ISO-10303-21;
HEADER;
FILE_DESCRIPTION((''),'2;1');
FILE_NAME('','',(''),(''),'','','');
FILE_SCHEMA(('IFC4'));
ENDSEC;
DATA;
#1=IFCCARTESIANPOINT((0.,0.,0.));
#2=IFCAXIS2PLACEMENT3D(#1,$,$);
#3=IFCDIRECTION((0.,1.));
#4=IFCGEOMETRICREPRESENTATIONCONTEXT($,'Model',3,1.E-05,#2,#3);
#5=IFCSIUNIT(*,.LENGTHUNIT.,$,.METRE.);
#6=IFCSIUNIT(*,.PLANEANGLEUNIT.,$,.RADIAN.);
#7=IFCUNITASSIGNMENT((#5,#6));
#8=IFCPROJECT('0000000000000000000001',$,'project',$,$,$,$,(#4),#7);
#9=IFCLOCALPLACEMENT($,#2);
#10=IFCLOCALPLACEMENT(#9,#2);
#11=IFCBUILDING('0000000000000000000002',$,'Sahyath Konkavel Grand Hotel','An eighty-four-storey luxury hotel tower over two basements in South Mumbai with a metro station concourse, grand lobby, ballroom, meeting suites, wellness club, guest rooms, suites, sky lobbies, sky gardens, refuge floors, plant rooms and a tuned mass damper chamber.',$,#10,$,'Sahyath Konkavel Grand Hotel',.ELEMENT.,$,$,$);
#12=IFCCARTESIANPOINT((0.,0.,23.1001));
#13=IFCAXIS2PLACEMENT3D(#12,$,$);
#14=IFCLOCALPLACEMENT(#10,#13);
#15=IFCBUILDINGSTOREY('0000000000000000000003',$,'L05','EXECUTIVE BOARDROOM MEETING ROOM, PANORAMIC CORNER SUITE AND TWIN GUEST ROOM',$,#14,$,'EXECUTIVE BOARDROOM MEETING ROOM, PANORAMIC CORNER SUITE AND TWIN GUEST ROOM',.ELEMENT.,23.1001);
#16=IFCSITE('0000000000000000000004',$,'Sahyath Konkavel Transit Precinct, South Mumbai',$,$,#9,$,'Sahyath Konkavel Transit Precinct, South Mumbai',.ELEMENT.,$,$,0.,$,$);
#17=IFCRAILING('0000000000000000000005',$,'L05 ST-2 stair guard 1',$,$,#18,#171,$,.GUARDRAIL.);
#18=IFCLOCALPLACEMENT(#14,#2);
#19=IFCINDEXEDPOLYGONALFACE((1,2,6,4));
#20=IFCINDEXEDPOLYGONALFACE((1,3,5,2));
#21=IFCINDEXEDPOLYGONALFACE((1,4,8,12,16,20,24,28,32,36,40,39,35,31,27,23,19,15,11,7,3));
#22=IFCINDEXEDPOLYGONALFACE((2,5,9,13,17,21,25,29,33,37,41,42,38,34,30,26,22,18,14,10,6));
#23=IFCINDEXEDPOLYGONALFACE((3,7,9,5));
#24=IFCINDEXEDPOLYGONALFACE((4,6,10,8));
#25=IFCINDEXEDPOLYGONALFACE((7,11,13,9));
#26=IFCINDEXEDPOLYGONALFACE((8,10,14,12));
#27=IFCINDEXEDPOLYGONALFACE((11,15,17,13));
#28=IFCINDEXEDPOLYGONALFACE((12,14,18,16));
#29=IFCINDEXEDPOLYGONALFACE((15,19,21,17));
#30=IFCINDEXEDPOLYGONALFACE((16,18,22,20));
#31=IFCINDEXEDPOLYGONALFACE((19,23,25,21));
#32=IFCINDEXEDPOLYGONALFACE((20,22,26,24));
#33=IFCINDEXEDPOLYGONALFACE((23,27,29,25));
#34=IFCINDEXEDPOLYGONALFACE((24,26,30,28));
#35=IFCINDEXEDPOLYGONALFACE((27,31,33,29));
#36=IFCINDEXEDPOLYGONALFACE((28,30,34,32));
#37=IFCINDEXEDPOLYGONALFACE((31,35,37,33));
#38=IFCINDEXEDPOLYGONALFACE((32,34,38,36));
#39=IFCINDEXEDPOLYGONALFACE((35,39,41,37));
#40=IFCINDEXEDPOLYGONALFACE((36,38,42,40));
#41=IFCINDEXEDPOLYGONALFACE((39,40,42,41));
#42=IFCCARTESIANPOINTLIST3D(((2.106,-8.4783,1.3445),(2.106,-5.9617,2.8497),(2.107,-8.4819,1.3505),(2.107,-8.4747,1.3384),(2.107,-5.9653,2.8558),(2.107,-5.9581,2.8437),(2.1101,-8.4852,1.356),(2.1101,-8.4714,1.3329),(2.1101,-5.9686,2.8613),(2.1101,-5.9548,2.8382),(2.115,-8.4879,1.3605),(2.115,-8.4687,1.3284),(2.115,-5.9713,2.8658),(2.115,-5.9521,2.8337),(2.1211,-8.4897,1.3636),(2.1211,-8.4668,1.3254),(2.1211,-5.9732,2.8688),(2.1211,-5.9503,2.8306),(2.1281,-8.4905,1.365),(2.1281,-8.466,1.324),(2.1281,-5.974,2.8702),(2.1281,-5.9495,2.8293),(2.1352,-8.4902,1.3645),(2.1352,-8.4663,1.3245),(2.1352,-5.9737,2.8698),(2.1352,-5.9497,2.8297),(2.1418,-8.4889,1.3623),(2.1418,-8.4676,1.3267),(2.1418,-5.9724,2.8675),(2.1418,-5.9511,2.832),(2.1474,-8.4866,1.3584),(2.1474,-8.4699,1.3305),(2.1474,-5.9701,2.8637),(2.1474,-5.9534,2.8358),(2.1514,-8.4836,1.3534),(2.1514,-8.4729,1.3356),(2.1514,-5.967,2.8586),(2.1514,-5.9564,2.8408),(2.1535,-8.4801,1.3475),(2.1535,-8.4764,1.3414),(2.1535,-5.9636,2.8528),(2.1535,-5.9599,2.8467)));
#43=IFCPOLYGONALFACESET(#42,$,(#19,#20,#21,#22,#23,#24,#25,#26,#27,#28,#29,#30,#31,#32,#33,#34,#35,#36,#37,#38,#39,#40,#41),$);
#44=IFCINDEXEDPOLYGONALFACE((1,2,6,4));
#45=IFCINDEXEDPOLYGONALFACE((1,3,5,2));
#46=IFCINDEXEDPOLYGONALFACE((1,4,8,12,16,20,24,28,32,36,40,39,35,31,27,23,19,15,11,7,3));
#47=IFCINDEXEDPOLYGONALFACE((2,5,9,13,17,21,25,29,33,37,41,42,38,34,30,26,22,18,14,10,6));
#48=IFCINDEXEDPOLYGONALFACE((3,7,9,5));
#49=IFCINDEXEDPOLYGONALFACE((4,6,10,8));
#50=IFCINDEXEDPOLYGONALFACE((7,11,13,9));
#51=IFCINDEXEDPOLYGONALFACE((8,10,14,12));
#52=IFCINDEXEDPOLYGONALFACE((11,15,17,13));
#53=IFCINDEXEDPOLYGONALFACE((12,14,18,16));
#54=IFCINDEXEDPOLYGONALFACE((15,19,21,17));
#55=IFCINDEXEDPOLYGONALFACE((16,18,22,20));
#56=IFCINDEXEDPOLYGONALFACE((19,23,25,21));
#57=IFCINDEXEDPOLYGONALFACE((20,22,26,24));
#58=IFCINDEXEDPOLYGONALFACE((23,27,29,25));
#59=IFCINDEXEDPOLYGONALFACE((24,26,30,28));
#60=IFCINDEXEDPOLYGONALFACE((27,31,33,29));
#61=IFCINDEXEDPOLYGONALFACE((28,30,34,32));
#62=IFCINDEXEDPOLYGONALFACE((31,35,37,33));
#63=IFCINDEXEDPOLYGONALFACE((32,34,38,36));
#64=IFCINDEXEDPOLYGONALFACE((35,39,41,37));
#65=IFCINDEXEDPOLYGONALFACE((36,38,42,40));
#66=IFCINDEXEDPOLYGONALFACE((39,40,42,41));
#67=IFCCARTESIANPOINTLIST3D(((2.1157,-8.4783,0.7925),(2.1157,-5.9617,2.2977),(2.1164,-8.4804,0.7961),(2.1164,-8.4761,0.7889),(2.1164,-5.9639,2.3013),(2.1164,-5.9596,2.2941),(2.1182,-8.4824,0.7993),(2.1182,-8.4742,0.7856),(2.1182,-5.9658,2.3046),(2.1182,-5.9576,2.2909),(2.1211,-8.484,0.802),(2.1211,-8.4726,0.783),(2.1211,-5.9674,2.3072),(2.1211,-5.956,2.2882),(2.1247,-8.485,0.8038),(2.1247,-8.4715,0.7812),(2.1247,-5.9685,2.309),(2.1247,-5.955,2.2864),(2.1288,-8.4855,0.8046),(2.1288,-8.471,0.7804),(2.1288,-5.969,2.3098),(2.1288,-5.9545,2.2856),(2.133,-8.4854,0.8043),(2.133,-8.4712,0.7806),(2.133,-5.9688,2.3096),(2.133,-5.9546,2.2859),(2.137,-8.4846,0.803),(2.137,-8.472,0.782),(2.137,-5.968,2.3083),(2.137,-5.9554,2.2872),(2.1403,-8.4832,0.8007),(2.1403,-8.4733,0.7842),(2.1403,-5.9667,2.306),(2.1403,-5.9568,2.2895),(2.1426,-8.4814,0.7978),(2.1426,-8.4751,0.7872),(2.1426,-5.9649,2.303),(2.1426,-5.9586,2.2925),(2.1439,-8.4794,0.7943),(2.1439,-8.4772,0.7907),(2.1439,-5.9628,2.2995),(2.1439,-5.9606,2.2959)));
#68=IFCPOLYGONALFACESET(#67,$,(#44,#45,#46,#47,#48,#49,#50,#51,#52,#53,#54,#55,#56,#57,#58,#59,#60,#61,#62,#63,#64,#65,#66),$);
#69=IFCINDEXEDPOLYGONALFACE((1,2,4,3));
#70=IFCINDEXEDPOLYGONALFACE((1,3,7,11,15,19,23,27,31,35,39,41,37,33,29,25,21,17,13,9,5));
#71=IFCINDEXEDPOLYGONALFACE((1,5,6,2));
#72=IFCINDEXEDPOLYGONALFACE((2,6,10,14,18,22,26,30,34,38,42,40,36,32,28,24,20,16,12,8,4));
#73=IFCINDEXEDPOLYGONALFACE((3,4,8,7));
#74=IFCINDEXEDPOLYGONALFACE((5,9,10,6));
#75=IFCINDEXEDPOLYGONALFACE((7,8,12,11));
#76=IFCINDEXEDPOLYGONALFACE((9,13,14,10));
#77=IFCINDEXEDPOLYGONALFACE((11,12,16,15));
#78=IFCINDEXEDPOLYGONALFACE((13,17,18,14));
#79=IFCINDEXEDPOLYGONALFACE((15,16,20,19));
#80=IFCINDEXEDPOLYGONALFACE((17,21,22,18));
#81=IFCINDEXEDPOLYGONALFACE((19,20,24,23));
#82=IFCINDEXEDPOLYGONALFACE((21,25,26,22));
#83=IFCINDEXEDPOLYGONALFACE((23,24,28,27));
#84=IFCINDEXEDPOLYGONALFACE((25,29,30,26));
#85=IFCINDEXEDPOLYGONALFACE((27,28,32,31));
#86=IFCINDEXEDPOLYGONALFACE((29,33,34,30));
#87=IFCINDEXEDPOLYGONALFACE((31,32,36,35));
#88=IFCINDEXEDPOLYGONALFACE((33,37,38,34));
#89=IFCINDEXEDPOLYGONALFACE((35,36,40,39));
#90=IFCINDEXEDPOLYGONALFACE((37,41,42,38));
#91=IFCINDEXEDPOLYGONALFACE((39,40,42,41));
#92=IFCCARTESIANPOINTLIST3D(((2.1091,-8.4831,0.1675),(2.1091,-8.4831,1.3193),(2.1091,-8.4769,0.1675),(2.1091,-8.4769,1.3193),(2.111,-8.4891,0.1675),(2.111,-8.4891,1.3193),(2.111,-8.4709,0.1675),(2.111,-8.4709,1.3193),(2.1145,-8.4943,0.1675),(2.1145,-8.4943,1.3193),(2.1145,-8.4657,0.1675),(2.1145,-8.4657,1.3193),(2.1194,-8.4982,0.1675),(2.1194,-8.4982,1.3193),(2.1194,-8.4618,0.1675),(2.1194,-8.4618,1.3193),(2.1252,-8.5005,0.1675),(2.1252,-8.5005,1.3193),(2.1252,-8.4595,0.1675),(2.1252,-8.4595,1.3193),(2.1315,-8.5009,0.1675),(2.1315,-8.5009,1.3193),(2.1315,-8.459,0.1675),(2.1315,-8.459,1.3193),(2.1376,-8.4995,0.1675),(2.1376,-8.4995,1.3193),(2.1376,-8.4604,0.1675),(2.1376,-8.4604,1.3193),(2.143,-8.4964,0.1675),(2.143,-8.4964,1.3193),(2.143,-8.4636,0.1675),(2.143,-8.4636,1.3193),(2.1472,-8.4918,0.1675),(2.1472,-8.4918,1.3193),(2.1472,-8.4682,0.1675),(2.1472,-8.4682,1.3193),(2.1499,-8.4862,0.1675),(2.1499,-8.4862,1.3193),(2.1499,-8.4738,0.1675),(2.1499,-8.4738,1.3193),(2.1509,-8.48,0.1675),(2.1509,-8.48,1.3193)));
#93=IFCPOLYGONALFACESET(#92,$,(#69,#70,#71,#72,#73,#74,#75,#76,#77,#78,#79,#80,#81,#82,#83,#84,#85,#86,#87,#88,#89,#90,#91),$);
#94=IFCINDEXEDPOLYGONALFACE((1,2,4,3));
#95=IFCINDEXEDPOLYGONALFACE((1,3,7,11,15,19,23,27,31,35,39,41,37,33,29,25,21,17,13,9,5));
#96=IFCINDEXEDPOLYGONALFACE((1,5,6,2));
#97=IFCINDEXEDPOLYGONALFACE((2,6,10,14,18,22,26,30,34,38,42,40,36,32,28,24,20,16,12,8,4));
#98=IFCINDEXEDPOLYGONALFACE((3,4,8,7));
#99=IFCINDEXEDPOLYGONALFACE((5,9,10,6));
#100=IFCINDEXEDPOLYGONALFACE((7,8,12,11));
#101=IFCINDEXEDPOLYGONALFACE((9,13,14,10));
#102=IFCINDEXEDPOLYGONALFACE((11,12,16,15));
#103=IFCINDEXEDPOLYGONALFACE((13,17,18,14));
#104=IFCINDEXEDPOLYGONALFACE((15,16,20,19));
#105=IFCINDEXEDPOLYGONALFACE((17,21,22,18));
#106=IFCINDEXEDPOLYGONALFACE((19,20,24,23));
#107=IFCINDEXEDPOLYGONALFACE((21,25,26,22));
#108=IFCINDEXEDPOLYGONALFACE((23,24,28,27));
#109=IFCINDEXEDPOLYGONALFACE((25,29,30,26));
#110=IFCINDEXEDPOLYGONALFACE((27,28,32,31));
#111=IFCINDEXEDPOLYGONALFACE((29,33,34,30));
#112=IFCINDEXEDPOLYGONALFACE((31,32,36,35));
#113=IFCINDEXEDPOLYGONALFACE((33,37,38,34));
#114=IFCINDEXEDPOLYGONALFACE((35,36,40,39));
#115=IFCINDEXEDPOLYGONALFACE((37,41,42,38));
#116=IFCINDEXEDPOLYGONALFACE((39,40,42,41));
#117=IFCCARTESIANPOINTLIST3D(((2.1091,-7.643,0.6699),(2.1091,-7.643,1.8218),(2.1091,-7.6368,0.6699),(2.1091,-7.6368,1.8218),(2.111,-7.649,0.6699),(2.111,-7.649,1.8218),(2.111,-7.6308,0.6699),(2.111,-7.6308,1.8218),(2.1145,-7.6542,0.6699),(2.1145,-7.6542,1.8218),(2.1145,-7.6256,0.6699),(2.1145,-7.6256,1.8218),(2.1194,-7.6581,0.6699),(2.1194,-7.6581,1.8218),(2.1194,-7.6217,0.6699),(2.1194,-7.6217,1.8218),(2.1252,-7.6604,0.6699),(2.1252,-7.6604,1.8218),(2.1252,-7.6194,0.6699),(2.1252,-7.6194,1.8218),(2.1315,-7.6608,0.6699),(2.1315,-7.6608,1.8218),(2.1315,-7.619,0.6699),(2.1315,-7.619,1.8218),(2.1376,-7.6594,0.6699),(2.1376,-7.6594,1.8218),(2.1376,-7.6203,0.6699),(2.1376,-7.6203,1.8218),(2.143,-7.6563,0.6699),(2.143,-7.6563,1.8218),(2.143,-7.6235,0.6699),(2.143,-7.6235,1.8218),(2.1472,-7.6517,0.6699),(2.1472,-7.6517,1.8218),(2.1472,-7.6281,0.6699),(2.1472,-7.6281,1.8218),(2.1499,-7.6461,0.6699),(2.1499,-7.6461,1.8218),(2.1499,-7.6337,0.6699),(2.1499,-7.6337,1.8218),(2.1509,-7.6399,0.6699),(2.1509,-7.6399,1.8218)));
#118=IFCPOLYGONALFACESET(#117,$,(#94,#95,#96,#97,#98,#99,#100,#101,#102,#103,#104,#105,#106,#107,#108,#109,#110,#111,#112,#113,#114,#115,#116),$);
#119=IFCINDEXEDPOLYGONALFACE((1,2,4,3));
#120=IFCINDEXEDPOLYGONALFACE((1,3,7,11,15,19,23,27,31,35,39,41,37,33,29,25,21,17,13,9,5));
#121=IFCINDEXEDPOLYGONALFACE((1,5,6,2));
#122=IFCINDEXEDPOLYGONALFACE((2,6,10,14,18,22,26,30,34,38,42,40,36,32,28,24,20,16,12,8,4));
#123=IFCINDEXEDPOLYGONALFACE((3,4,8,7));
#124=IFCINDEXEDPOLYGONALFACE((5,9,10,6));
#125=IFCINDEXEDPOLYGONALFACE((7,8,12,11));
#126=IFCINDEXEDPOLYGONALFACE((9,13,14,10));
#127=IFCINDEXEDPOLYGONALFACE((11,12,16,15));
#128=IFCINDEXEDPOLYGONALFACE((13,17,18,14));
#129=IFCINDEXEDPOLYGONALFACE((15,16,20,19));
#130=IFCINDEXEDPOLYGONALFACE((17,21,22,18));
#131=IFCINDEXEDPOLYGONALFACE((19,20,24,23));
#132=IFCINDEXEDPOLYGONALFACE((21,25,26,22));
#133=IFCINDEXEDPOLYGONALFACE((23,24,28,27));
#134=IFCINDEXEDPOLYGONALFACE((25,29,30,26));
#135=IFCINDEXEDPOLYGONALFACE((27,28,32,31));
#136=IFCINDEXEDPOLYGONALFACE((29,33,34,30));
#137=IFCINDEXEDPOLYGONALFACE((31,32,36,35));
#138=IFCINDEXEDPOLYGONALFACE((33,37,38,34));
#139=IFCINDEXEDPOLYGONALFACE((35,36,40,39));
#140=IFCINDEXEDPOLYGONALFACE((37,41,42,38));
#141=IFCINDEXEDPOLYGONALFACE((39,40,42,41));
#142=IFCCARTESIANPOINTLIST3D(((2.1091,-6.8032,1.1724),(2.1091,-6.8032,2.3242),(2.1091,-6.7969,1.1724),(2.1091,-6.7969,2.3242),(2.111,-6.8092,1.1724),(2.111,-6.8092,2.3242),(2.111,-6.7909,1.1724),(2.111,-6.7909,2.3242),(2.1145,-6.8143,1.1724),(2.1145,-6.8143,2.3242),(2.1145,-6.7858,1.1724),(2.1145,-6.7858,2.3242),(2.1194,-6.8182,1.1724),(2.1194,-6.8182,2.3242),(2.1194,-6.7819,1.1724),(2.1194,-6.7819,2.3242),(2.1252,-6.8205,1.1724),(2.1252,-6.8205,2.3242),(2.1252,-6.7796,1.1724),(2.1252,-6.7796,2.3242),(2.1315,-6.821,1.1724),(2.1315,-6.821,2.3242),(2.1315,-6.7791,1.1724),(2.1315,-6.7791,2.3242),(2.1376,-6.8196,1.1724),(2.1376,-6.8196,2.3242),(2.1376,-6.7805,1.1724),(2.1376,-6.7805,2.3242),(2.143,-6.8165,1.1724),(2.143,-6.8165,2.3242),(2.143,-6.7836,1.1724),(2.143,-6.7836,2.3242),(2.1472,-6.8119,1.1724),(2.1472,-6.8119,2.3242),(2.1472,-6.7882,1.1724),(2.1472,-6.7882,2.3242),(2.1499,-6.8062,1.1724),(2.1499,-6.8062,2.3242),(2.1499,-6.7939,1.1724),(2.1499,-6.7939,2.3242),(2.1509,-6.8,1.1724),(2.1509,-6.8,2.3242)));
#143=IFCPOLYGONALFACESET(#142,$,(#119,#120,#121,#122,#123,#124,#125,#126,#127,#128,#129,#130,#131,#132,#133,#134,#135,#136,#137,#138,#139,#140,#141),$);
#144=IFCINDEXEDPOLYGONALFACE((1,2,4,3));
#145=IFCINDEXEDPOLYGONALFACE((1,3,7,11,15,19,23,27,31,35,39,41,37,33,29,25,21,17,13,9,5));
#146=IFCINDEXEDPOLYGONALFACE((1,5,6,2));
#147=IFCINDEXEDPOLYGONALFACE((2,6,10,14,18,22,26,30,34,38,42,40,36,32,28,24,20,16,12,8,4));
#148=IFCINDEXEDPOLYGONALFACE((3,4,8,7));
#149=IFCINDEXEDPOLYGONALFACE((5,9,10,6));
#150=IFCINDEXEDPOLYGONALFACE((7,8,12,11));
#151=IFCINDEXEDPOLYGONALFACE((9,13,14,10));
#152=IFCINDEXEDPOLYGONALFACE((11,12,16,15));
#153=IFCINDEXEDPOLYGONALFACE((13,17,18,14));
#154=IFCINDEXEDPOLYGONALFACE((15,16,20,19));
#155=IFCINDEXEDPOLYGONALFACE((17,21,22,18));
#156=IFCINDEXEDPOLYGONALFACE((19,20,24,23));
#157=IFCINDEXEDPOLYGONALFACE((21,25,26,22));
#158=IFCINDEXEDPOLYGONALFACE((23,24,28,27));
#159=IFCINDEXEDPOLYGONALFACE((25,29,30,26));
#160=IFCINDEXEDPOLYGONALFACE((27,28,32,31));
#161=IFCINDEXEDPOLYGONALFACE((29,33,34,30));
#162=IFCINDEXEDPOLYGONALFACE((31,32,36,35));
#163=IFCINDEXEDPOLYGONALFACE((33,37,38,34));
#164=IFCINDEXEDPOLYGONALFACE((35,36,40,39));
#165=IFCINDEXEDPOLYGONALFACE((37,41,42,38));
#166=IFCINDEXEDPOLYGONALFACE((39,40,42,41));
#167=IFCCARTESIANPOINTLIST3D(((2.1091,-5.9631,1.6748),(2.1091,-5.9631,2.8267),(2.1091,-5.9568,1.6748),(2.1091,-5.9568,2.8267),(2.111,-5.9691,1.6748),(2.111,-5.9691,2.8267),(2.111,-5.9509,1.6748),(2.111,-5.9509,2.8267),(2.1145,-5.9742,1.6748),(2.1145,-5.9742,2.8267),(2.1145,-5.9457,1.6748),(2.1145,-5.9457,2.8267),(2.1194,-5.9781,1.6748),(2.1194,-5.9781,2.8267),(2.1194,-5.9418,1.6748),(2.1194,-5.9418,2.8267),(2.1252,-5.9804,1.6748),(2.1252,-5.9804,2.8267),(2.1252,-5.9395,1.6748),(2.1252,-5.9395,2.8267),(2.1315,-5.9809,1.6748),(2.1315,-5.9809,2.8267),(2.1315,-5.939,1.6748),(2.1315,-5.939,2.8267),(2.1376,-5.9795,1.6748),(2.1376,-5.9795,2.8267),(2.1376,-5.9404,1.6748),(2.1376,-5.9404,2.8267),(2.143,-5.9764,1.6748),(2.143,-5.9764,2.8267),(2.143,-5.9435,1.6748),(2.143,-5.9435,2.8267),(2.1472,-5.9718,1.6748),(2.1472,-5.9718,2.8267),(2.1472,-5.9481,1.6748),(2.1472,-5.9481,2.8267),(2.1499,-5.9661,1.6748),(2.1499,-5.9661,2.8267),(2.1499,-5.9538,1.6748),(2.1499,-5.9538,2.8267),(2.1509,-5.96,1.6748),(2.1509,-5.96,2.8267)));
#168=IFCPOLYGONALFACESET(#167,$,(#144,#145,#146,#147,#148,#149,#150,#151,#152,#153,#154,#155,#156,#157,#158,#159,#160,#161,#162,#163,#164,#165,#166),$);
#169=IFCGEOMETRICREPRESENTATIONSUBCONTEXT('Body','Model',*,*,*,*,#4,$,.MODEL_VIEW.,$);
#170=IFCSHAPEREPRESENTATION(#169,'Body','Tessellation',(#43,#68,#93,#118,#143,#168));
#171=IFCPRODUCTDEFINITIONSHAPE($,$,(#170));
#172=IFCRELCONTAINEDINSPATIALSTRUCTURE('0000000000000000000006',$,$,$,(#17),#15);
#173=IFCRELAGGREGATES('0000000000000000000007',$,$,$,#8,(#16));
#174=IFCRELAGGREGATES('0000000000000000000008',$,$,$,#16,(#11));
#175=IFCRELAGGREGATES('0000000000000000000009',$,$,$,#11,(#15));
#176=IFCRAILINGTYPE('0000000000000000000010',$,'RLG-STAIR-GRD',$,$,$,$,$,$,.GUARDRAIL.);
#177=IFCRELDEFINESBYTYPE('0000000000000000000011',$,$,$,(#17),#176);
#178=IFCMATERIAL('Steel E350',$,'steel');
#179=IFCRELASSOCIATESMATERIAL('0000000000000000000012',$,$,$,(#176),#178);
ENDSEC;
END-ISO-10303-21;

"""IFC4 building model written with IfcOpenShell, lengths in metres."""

from ifc_helpers import new_model, si_unit, direction, frame, origin, origin_2d, place, context, subcontext, project, spatial, circle, extrude, material, type_object, element, save


model = new_model("IFC4")

# Units and contexts
model_context = context("Model", 3, precision=1e-05, world=origin(), true_north=direction((0.0, 1.0)))
body_context = subcontext(model_context, "Body", "Model", "MODEL_VIEW")
ifc_project = project(units=[si_unit("LENGTHUNIT", "METRE"), si_unit("PLANEANGLEUNIT", "RADIAN")], contexts=[model_context])

# Site, building, storey
site_placement = place(None, origin())
site = spatial("IfcSite", under=ifc_project, at=site_placement, Name="Sahyath Konkavel Transit Precinct, South Mumbai", LongName="Sahyath Konkavel Transit Precinct, South Mumbai", CompositionType="ELEMENT", RefElevation=0.0)
building_placement = place(site_placement, origin())
building = spatial("IfcBuilding", under=site, at=building_placement, Name="Sahyath Konkavel Grand Hotel", Description="An eighty-four-storey luxury hotel tower over two basements in South Mumbai with a metro station concourse, grand lobby, ballroom, meeting suites, wellness club, guest rooms, suites, sky lobbies, sky gardens, refuge floors, plant rooms and a tuned mass damper chamber.", LongName="Sahyath Konkavel Grand Hotel", CompositionType="ELEMENT")
storey_placement = place(building_placement, frame((0.0, 0.0, 23.1001)))
storey = spatial("IfcBuildingStorey", under=building, at=storey_placement, Name="L05", Description="EXECUTIVE BOARDROOM MEETING ROOM, PANORAMIC CORNER SUITE AND TWIN GUEST ROOM", LongName="EXECUTIVE BOARDROOM MEETING ROOM, PANORAMIC CORNER SUITE AND TWIN GUEST ROOM", CompositionType="ELEMENT", Elevation=23.1001)

# Shared definitions
ifc_material_1 = material(Name="Steel E350", Category="steel")

# Railing
railing_type_1 = type_object("IfcRailingType", Name="RLG-STAIR-GRD", PredefinedType="GUARDRAIL", material=ifc_material_1)
railing_1_placement = place(storey_placement, frame((2.1299, -8.48, 0.1675)))
element("IfcRailing", 1, at=railing_1_placement, inside=storey, type_object=railing_type_1, Name="L05 ST-2 stair guard 1", PredefinedType="GUARDRAIL", context=body_context, shape_type="SweptSolid", body=[
    extrude(circle(Radius=0.0239, at=origin_2d()), frame((0.0, 0.0017, 1.177), z_axis=(0.0, 0.858196, 0.513321), x_axis=(-1.0, 0.0, 0.0)), (0.0, 0.0, 1.0), 2.9324),
    extrude(circle(Radius=0.0142, at=origin_2d()), frame((0.0, 0.0017, 0.625), z_axis=(0.0, 0.858196, 0.513321), x_axis=(-1.0, 0.0, 0.0)), (0.0, 0.0, 1.0), 2.9324),
    extrude(circle(Radius=0.021, at=origin_2d()), origin(), (0.0, 0.0, 1.0), 1.1519),
    extrude(circle(Radius=0.021, at=origin_2d()), frame((0.0, 0.8401, 0.5024)), (0.0, 0.0, 1.0), 1.1519),
    extrude(circle(Radius=0.021, at=origin_2d()), frame((0.0, 1.6799, 1.0049)), (0.0, 0.0, 1.0), 1.1519),
    extrude(circle(Radius=0.021, at=origin_2d()), frame((0.0, 2.52, 1.5073)), (0.0, 0.0, 1.0), 1.1519),
])

save(model, "model.ifc")
